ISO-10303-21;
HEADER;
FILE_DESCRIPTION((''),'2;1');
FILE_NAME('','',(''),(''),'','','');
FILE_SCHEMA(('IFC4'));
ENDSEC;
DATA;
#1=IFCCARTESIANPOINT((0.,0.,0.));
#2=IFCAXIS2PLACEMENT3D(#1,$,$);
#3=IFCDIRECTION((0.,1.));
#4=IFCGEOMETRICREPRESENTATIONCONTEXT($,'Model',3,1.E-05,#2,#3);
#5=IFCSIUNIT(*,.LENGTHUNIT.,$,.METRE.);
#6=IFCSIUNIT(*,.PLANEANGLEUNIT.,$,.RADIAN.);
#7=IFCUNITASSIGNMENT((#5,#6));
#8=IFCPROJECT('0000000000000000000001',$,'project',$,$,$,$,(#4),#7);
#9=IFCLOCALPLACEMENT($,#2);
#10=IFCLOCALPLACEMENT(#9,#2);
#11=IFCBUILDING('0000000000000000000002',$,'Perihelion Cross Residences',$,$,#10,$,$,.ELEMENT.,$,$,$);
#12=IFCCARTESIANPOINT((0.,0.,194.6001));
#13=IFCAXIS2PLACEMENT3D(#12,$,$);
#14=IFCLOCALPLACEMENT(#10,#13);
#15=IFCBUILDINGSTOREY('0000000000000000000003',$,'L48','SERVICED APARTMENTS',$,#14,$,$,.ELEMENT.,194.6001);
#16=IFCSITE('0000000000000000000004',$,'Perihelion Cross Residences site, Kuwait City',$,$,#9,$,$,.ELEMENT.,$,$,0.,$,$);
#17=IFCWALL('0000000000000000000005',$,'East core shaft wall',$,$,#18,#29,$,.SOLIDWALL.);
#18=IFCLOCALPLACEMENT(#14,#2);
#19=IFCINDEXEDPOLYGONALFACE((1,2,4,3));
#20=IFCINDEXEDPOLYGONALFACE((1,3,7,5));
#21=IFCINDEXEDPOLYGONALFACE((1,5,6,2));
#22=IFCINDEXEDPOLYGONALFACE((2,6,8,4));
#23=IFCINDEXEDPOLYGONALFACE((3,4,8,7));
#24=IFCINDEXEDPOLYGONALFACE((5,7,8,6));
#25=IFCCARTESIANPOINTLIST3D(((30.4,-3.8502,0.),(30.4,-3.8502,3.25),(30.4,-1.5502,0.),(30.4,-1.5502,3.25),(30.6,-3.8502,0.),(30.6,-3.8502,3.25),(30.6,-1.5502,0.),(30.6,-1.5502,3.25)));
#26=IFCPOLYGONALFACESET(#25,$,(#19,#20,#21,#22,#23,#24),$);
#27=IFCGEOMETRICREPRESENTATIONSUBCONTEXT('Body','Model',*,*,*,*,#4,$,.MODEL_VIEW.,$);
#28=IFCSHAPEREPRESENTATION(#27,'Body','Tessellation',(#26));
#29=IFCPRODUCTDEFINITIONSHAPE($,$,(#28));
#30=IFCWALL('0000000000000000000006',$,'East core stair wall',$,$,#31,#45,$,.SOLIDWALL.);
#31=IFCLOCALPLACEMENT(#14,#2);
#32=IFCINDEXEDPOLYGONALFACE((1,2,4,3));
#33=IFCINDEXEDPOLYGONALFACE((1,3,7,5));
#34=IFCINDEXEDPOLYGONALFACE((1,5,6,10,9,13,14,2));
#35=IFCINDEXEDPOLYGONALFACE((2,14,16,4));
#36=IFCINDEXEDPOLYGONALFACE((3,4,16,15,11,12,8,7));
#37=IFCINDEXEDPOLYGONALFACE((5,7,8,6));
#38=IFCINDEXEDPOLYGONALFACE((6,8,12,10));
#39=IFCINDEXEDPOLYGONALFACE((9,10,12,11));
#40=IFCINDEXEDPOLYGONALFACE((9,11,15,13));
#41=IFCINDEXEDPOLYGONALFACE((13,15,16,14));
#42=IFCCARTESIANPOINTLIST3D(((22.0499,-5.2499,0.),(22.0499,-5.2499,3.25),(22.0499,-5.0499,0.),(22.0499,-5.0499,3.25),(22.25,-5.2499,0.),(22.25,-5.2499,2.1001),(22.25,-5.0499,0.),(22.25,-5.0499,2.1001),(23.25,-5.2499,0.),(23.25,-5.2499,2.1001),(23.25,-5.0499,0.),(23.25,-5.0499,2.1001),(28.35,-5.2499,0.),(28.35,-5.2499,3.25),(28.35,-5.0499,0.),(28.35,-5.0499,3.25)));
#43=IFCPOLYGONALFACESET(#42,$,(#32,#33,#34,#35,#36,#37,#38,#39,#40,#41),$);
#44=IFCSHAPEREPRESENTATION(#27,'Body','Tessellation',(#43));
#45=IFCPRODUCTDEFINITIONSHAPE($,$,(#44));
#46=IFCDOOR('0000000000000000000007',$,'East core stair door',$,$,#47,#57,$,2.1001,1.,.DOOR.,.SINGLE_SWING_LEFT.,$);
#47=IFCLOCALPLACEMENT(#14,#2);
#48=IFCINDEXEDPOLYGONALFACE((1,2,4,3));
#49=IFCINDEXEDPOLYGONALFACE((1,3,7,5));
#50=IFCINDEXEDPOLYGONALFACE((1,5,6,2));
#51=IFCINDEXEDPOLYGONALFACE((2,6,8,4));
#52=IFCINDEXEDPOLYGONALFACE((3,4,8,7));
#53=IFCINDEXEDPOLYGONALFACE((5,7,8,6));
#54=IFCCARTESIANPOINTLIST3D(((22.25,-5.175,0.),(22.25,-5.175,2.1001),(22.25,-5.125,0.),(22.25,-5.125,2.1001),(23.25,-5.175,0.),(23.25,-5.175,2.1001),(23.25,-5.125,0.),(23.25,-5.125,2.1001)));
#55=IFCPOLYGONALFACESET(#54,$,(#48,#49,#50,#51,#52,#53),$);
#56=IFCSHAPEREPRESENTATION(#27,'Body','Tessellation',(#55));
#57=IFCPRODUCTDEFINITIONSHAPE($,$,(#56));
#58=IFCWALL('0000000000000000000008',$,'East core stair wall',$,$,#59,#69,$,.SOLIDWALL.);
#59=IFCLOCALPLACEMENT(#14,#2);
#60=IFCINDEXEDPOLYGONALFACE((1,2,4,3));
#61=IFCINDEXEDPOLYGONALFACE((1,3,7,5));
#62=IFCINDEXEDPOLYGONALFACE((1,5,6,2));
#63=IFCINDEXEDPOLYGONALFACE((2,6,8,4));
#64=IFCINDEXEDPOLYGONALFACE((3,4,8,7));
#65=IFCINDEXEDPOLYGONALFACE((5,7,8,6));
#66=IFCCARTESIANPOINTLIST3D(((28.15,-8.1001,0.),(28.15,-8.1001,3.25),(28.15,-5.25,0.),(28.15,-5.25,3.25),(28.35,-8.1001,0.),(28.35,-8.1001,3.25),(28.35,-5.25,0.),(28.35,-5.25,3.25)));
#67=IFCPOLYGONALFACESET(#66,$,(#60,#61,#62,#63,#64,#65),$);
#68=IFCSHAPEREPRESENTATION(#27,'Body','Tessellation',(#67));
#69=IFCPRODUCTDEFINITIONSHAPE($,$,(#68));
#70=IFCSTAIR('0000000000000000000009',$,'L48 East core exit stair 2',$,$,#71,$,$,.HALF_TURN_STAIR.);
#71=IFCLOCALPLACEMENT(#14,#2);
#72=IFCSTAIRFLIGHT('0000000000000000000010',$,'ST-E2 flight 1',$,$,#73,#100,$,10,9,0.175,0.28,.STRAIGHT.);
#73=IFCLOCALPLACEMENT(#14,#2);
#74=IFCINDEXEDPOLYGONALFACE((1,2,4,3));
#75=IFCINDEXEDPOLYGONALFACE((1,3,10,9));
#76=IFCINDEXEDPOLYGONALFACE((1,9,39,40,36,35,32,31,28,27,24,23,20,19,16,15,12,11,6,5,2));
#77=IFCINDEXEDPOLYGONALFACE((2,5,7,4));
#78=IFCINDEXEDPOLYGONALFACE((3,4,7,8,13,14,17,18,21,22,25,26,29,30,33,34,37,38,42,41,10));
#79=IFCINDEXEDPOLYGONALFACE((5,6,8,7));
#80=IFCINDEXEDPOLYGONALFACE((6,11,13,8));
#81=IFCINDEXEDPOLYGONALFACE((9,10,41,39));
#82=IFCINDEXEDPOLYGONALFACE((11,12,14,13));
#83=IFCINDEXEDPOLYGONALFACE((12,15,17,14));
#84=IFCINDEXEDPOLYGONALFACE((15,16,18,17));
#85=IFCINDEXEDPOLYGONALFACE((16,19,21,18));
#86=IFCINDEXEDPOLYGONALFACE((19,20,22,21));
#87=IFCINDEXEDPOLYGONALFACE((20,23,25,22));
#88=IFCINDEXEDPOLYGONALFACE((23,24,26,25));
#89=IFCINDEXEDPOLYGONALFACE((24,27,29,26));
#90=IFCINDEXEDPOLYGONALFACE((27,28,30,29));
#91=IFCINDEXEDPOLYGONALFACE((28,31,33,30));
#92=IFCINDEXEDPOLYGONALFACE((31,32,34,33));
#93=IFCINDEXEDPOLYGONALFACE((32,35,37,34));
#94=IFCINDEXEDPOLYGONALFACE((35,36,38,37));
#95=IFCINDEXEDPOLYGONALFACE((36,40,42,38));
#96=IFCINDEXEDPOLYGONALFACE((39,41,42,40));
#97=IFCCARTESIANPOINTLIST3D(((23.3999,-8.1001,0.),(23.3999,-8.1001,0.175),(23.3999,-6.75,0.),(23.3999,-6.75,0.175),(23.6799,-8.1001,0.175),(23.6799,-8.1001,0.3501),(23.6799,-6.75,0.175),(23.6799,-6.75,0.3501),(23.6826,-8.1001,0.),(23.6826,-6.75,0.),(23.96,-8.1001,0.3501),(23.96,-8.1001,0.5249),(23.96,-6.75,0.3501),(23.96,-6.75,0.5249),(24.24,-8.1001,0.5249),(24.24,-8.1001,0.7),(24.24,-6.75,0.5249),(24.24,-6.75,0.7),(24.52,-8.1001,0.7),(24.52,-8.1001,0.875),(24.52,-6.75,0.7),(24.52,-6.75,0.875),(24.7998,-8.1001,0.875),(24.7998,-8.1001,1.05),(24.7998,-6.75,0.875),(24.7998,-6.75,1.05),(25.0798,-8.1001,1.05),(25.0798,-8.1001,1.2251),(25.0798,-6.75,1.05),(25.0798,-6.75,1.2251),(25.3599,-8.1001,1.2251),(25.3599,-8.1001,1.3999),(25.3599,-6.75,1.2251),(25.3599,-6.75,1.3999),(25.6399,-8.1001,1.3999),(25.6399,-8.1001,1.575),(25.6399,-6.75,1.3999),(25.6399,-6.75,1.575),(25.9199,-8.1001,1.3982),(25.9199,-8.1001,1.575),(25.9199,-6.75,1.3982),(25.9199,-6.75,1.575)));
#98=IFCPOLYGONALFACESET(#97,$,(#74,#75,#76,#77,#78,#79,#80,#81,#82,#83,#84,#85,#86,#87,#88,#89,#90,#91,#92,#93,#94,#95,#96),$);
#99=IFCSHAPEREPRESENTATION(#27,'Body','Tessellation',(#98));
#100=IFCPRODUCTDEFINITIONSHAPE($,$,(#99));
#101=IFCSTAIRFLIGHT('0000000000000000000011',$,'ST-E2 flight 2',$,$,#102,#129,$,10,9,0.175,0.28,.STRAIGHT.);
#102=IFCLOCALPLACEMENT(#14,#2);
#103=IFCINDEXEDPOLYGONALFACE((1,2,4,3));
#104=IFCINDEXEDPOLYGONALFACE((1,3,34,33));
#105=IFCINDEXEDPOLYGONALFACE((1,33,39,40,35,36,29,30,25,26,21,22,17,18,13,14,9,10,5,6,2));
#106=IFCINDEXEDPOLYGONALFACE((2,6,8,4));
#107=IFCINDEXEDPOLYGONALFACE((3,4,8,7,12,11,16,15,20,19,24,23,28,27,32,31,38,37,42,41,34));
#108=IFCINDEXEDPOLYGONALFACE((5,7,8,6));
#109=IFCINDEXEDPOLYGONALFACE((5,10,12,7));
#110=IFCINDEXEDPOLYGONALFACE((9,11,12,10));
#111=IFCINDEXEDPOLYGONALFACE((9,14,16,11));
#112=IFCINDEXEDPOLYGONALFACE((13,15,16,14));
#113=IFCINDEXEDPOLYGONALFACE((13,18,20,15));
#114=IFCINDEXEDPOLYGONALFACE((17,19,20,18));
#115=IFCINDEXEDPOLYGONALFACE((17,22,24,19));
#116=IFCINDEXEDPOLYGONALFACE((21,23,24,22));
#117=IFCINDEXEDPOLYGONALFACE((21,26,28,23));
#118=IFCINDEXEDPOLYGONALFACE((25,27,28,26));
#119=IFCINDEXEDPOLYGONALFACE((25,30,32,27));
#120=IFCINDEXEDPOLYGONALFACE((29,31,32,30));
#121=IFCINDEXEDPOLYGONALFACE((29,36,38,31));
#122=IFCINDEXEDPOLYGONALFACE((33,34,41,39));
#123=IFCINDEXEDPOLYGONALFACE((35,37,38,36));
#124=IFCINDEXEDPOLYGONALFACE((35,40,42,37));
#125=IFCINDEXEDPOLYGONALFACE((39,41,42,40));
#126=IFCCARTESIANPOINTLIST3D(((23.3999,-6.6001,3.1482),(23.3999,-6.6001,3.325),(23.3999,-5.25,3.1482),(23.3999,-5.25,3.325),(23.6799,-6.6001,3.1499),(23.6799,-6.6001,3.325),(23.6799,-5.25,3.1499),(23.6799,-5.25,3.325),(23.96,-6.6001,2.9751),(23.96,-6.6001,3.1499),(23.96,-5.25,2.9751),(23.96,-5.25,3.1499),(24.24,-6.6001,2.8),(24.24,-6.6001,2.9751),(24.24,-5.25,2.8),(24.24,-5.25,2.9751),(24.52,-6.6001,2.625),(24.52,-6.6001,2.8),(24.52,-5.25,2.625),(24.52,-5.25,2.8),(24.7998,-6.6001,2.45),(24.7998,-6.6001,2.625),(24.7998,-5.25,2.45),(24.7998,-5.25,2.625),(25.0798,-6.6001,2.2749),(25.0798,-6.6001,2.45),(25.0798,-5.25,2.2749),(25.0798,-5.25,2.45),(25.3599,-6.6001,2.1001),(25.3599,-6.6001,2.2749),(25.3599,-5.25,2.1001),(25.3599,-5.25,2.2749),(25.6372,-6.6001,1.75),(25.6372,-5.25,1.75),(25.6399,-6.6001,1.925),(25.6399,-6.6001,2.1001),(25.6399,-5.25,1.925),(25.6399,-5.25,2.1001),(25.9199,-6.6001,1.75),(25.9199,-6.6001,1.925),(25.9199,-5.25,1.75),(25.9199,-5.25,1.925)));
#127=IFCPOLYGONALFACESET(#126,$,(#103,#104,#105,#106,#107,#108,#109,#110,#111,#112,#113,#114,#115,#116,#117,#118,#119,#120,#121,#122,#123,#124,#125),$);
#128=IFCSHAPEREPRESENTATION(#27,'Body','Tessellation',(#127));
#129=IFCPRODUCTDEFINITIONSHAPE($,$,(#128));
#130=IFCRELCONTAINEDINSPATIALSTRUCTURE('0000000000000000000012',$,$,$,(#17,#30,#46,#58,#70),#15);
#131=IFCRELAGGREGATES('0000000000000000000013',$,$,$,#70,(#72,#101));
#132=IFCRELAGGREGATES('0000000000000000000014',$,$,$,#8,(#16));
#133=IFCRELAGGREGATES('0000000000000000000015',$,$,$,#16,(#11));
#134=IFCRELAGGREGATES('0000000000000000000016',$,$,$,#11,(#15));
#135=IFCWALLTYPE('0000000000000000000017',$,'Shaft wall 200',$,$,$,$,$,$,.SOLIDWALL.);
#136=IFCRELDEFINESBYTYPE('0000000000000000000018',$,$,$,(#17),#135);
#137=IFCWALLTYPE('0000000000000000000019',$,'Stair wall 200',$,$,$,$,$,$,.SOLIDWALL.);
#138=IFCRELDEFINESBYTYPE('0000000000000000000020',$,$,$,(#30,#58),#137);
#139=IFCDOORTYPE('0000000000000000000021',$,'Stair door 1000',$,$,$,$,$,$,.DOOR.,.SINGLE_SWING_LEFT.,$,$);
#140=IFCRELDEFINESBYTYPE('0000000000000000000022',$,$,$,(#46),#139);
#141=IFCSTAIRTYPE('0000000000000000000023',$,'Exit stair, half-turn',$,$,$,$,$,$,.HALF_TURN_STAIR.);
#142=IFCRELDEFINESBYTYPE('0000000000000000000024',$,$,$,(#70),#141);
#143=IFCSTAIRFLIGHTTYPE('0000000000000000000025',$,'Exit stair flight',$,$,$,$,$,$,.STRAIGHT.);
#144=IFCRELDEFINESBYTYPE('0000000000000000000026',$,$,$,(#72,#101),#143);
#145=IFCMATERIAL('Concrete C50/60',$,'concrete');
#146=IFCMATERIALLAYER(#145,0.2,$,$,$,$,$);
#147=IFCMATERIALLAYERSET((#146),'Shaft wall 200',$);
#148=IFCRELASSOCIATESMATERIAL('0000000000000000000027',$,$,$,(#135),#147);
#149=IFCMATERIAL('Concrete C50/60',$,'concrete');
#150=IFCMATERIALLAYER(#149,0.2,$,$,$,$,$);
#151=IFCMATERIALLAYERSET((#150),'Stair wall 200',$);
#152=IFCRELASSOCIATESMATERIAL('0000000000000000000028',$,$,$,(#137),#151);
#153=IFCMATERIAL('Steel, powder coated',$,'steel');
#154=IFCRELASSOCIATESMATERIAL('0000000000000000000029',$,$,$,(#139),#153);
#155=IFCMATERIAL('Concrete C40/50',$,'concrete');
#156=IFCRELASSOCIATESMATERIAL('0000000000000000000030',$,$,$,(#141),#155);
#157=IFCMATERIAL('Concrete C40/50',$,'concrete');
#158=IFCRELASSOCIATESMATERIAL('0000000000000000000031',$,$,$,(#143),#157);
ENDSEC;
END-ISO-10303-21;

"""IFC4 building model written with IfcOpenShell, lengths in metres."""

from ifc_helpers import new_model, si_unit, direction, frame, frame_2d, origin, place, context, subcontext, project, spatial, polyline, rectangle, outline, extrude, material, layer, layer_set, type_object, element, fill, aggregate, save


model = new_model("IFC4")

# Units and contexts
model_context = context("Model", 3, precision=1e-05, world=origin(), true_north=direction((0.0, 1.0)))
body_context = subcontext(model_context, "Body", "Model", "MODEL_VIEW")
ifc_project = project(units=[si_unit("LENGTHUNIT", "METRE"), si_unit("PLANEANGLEUNIT", "RADIAN")], contexts=[model_context])

# Site, building, storey
site_placement = place(None, origin())
site = spatial("IfcSite", under=ifc_project, at=site_placement, Name="Perihelion Cross Residences site, Kuwait City", CompositionType="ELEMENT", RefElevation=0.0)
building_placement = place(site_placement, origin())
building = spatial("IfcBuilding", under=site, at=building_placement, Name="Perihelion Cross Residences", CompositionType="ELEMENT")
storey_placement = place(building_placement, frame((0.0, 0.0, 194.6001)))
storey = spatial("IfcBuildingStorey", under=building, at=storey_placement, Name="L48", Description="SERVICED APARTMENTS", CompositionType="ELEMENT", Elevation=194.6001)

# Shared definitions
ifc_material_1 = material(Name="Concrete C50/60", Category="concrete")
ifc_layer_1 = layer(ifc_material_1, 0.2)
ifc_layer_set_1 = layer_set([ifc_layer_1], Name="Shaft wall 200")
wall_type_1 = type_object("IfcWallType", Name="Shaft wall 200", PredefinedType="SOLIDWALL", material=ifc_layer_set_1)

# Wall
for number, where, z_axis, x_axis, name in (
    (1, (30.5, -3.8501, 0.0), (0.0, 0.0, 1.0), (0.0, 1.0, 0.0), "East core shaft wall"),
):
    element("IfcWall", number, at=place(storey_placement, frame(where, z_axis=z_axis, x_axis=x_axis)), inside=storey, type_object=wall_type_1, Name=name, PredefinedType="SOLIDWALL", context=body_context, shape_type="SweptSolid", body=[
        extrude(rectangle(XDim=2.3, YDim=0.2, at=frame_2d((1.1499, 0.0))), origin(), (0.0, 0.0, 1.0), 3.25),
    ])

# Wall, opening, door
ifc_material_2 = material(Name="Concrete C50/60", Category="concrete")
ifc_layer_2 = layer(ifc_material_2, 0.2)
ifc_layer_set_2 = layer_set([ifc_layer_2], Name="Stair wall 200")
wall_type_2 = type_object("IfcWallType", Name="Stair wall 200", PredefinedType="SOLIDWALL", material=ifc_layer_set_2)
wall_1_placement = place(storey_placement, frame((22.05, -5.1499, 0.0), z_axis=(0.0, 0.0, 1.0), x_axis=(1.0, 0.0, 0.0)))
wall_1 = element("IfcWall", 2, at=wall_1_placement, inside=storey, type_object=wall_type_2, Name="East core stair wall", PredefinedType="SOLIDWALL", context=body_context, shape_type="SweptSolid", body=[
    extrude(rectangle(XDim=6.3, YDim=0.2, at=frame_2d((3.1499, 0.0))), origin(), (0.0, 0.0, 1.0), 3.25),
])
opening_1_placement = place(wall_1_placement, frame((0.2, 0.0, 0.0)))
opening_1 = element("IfcOpeningElement", 3, at=opening_1_placement, cuts=wall_1, PredefinedType="OPENING", context=body_context, shape_type="SweptSolid", body=[
    extrude(rectangle(XDim=1.0, YDim=2.1001, at=frame_2d((0.5, 1.05))), frame((0.0, 0.1099, 0.0), z_axis=(0.0, -1.0, 0.0), x_axis=(1.0, 0.0, 0.0)), (0.0, 0.0, 1.0), 0.22),
])
ifc_material_3 = material(Name="Steel, powder coated", Category="steel")
door_type_1 = type_object("IfcDoorType", Name="Stair door 1000", OperationType="SINGLE_SWING_LEFT", PredefinedType="DOOR", material=ifc_material_3)
door_1_placement = place(opening_1_placement, origin())
door_1 = element("IfcDoor", 4, at=door_1_placement, inside=storey, type_object=door_type_1, Name="East core stair door", OperationType="SINGLE_SWING_LEFT", OverallHeight=2.1001, OverallWidth=1.0, PredefinedType="DOOR", context=body_context, shape_type="SweptSolid", body=[
    extrude(rectangle(XDim=1.0, YDim=2.1001, at=frame_2d((0.5, 1.05))), frame((0.0, 0.0249, 0.0), z_axis=(0.0, -1.0, 0.0), x_axis=(1.0, 0.0, 0.0)), (0.0, 0.0, 1.0), 0.05),
])
fill(opening_1, door_1)

# Wall
wall_2_placement = place(storey_placement, frame((28.25, -8.1001, 0.0), z_axis=(0.0, 0.0, 1.0), x_axis=(0.0, 1.0, 0.0)))
element("IfcWall", 5, at=wall_2_placement, inside=storey, type_object=wall_type_2, Name="East core stair wall", PredefinedType="SOLIDWALL", context=body_context, shape_type="SweptSolid", body=[
    extrude(rectangle(XDim=2.8501, YDim=0.2, at=frame_2d((1.425, 0.0))), origin(), (0.0, 0.0, 1.0), 3.25),
])

# Stair, stair flights
ifc_material_4 = material(Name="Concrete C40/50", Category="concrete")
stair_type = type_object("IfcStairType", Name="Exit stair, half-turn", PredefinedType="HALF_TURN_STAIR", material=ifc_material_4)
stair_placement = place(storey_placement, origin())
stair = element("IfcStair", 6, at=stair_placement, inside=storey, type_object=stair_type, Name="L48 East core exit stair 2", PredefinedType="HALF_TURN_STAIR")
ifc_material_5 = material(Name="Concrete C40/50", Category="concrete")
stair_flight_type = type_object("IfcStairFlightType", Name="Exit stair flight", PredefinedType="STRAIGHT", material=ifc_material_5)
stair_flight_1_placement = place(storey_placement, frame((23.3999, -7.425, 0.0), z_axis=(0.0, 0.0, 1.0), x_axis=(1.0, 0.0, 0.0)))
stair_flight_1 = element("IfcStairFlight", 7, at=stair_flight_1_placement, type_object=stair_flight_type, Name="ST-E2 flight 1", NumberOfRisers=10, NumberOfTreads=9, PredefinedType="STRAIGHT", RiserHeight=0.175, TreadLength=0.28, context=body_context, shape_type="SweptSolid", body=[
    extrude(outline(polyline([(0.0, 0.0), (0.0, 0.175), (0.28, 0.175), (0.28, 0.3501), (0.5601, 0.3501), (0.5601, 0.5249), (0.8401, 0.5249), (0.8401, 0.7), (1.1201, 0.7), (1.1201, 0.875), (1.3999, 0.875), (1.3999, 1.05), (1.6799, 1.05), (1.6799, 1.2251), (1.96, 1.2251), (1.96, 1.3999), (2.24, 1.3999), (2.24, 1.575), (2.52, 1.575), (2.52, 1.75), (2.52, 1.3982), (0.2827, 0.0), (0.0, 0.0)])), frame((0.0, 0.675, 0.0), z_axis=(0.0, -1.0, 0.0), x_axis=(1.0, 0.0, 0.0)), (0.0, 0.0, 1.0), 1.3501),
])
stair_flight_2_placement = place(storey_placement, frame((25.9199, -5.925, 1.75), z_axis=(0.0, 0.0, 1.0), x_axis=(-1.0, 0.0, 0.0)))
stair_flight_2 = element("IfcStairFlight", 8, at=stair_flight_2_placement, type_object=stair_flight_type, Name="ST-E2 flight 2", NumberOfRisers=10, NumberOfTreads=9, PredefinedType="STRAIGHT", RiserHeight=0.175, TreadLength=0.28, context=body_context, shape_type="SweptSolid", body=[
    extrude(outline(polyline([(0.0, 0.0), (0.0, 0.175), (0.28, 0.175), (0.28, 0.3501), (0.5601, 0.3501), (0.5601, 0.5249), (0.8401, 0.5249), (0.8401, 0.7), (1.1201, 0.7), (1.1201, 0.875), (1.3999, 0.875), (1.3999, 1.05), (1.6799, 1.05), (1.6799, 1.2251), (1.96, 1.2251), (1.96, 1.3999), (2.24, 1.3999), (2.24, 1.575), (2.52, 1.575), (2.52, 1.75), (2.52, 1.3982), (0.2827, 0.0), (0.0, 0.0)])), frame((0.0, 0.675, 0.0), z_axis=(0.0, -1.0, 0.0), x_axis=(1.0, 0.0, 0.0)), (0.0, 0.0, 1.0), 1.3501),
])
aggregate(stair, [stair_flight_1, stair_flight_2])

save(model, "model.ifc")
